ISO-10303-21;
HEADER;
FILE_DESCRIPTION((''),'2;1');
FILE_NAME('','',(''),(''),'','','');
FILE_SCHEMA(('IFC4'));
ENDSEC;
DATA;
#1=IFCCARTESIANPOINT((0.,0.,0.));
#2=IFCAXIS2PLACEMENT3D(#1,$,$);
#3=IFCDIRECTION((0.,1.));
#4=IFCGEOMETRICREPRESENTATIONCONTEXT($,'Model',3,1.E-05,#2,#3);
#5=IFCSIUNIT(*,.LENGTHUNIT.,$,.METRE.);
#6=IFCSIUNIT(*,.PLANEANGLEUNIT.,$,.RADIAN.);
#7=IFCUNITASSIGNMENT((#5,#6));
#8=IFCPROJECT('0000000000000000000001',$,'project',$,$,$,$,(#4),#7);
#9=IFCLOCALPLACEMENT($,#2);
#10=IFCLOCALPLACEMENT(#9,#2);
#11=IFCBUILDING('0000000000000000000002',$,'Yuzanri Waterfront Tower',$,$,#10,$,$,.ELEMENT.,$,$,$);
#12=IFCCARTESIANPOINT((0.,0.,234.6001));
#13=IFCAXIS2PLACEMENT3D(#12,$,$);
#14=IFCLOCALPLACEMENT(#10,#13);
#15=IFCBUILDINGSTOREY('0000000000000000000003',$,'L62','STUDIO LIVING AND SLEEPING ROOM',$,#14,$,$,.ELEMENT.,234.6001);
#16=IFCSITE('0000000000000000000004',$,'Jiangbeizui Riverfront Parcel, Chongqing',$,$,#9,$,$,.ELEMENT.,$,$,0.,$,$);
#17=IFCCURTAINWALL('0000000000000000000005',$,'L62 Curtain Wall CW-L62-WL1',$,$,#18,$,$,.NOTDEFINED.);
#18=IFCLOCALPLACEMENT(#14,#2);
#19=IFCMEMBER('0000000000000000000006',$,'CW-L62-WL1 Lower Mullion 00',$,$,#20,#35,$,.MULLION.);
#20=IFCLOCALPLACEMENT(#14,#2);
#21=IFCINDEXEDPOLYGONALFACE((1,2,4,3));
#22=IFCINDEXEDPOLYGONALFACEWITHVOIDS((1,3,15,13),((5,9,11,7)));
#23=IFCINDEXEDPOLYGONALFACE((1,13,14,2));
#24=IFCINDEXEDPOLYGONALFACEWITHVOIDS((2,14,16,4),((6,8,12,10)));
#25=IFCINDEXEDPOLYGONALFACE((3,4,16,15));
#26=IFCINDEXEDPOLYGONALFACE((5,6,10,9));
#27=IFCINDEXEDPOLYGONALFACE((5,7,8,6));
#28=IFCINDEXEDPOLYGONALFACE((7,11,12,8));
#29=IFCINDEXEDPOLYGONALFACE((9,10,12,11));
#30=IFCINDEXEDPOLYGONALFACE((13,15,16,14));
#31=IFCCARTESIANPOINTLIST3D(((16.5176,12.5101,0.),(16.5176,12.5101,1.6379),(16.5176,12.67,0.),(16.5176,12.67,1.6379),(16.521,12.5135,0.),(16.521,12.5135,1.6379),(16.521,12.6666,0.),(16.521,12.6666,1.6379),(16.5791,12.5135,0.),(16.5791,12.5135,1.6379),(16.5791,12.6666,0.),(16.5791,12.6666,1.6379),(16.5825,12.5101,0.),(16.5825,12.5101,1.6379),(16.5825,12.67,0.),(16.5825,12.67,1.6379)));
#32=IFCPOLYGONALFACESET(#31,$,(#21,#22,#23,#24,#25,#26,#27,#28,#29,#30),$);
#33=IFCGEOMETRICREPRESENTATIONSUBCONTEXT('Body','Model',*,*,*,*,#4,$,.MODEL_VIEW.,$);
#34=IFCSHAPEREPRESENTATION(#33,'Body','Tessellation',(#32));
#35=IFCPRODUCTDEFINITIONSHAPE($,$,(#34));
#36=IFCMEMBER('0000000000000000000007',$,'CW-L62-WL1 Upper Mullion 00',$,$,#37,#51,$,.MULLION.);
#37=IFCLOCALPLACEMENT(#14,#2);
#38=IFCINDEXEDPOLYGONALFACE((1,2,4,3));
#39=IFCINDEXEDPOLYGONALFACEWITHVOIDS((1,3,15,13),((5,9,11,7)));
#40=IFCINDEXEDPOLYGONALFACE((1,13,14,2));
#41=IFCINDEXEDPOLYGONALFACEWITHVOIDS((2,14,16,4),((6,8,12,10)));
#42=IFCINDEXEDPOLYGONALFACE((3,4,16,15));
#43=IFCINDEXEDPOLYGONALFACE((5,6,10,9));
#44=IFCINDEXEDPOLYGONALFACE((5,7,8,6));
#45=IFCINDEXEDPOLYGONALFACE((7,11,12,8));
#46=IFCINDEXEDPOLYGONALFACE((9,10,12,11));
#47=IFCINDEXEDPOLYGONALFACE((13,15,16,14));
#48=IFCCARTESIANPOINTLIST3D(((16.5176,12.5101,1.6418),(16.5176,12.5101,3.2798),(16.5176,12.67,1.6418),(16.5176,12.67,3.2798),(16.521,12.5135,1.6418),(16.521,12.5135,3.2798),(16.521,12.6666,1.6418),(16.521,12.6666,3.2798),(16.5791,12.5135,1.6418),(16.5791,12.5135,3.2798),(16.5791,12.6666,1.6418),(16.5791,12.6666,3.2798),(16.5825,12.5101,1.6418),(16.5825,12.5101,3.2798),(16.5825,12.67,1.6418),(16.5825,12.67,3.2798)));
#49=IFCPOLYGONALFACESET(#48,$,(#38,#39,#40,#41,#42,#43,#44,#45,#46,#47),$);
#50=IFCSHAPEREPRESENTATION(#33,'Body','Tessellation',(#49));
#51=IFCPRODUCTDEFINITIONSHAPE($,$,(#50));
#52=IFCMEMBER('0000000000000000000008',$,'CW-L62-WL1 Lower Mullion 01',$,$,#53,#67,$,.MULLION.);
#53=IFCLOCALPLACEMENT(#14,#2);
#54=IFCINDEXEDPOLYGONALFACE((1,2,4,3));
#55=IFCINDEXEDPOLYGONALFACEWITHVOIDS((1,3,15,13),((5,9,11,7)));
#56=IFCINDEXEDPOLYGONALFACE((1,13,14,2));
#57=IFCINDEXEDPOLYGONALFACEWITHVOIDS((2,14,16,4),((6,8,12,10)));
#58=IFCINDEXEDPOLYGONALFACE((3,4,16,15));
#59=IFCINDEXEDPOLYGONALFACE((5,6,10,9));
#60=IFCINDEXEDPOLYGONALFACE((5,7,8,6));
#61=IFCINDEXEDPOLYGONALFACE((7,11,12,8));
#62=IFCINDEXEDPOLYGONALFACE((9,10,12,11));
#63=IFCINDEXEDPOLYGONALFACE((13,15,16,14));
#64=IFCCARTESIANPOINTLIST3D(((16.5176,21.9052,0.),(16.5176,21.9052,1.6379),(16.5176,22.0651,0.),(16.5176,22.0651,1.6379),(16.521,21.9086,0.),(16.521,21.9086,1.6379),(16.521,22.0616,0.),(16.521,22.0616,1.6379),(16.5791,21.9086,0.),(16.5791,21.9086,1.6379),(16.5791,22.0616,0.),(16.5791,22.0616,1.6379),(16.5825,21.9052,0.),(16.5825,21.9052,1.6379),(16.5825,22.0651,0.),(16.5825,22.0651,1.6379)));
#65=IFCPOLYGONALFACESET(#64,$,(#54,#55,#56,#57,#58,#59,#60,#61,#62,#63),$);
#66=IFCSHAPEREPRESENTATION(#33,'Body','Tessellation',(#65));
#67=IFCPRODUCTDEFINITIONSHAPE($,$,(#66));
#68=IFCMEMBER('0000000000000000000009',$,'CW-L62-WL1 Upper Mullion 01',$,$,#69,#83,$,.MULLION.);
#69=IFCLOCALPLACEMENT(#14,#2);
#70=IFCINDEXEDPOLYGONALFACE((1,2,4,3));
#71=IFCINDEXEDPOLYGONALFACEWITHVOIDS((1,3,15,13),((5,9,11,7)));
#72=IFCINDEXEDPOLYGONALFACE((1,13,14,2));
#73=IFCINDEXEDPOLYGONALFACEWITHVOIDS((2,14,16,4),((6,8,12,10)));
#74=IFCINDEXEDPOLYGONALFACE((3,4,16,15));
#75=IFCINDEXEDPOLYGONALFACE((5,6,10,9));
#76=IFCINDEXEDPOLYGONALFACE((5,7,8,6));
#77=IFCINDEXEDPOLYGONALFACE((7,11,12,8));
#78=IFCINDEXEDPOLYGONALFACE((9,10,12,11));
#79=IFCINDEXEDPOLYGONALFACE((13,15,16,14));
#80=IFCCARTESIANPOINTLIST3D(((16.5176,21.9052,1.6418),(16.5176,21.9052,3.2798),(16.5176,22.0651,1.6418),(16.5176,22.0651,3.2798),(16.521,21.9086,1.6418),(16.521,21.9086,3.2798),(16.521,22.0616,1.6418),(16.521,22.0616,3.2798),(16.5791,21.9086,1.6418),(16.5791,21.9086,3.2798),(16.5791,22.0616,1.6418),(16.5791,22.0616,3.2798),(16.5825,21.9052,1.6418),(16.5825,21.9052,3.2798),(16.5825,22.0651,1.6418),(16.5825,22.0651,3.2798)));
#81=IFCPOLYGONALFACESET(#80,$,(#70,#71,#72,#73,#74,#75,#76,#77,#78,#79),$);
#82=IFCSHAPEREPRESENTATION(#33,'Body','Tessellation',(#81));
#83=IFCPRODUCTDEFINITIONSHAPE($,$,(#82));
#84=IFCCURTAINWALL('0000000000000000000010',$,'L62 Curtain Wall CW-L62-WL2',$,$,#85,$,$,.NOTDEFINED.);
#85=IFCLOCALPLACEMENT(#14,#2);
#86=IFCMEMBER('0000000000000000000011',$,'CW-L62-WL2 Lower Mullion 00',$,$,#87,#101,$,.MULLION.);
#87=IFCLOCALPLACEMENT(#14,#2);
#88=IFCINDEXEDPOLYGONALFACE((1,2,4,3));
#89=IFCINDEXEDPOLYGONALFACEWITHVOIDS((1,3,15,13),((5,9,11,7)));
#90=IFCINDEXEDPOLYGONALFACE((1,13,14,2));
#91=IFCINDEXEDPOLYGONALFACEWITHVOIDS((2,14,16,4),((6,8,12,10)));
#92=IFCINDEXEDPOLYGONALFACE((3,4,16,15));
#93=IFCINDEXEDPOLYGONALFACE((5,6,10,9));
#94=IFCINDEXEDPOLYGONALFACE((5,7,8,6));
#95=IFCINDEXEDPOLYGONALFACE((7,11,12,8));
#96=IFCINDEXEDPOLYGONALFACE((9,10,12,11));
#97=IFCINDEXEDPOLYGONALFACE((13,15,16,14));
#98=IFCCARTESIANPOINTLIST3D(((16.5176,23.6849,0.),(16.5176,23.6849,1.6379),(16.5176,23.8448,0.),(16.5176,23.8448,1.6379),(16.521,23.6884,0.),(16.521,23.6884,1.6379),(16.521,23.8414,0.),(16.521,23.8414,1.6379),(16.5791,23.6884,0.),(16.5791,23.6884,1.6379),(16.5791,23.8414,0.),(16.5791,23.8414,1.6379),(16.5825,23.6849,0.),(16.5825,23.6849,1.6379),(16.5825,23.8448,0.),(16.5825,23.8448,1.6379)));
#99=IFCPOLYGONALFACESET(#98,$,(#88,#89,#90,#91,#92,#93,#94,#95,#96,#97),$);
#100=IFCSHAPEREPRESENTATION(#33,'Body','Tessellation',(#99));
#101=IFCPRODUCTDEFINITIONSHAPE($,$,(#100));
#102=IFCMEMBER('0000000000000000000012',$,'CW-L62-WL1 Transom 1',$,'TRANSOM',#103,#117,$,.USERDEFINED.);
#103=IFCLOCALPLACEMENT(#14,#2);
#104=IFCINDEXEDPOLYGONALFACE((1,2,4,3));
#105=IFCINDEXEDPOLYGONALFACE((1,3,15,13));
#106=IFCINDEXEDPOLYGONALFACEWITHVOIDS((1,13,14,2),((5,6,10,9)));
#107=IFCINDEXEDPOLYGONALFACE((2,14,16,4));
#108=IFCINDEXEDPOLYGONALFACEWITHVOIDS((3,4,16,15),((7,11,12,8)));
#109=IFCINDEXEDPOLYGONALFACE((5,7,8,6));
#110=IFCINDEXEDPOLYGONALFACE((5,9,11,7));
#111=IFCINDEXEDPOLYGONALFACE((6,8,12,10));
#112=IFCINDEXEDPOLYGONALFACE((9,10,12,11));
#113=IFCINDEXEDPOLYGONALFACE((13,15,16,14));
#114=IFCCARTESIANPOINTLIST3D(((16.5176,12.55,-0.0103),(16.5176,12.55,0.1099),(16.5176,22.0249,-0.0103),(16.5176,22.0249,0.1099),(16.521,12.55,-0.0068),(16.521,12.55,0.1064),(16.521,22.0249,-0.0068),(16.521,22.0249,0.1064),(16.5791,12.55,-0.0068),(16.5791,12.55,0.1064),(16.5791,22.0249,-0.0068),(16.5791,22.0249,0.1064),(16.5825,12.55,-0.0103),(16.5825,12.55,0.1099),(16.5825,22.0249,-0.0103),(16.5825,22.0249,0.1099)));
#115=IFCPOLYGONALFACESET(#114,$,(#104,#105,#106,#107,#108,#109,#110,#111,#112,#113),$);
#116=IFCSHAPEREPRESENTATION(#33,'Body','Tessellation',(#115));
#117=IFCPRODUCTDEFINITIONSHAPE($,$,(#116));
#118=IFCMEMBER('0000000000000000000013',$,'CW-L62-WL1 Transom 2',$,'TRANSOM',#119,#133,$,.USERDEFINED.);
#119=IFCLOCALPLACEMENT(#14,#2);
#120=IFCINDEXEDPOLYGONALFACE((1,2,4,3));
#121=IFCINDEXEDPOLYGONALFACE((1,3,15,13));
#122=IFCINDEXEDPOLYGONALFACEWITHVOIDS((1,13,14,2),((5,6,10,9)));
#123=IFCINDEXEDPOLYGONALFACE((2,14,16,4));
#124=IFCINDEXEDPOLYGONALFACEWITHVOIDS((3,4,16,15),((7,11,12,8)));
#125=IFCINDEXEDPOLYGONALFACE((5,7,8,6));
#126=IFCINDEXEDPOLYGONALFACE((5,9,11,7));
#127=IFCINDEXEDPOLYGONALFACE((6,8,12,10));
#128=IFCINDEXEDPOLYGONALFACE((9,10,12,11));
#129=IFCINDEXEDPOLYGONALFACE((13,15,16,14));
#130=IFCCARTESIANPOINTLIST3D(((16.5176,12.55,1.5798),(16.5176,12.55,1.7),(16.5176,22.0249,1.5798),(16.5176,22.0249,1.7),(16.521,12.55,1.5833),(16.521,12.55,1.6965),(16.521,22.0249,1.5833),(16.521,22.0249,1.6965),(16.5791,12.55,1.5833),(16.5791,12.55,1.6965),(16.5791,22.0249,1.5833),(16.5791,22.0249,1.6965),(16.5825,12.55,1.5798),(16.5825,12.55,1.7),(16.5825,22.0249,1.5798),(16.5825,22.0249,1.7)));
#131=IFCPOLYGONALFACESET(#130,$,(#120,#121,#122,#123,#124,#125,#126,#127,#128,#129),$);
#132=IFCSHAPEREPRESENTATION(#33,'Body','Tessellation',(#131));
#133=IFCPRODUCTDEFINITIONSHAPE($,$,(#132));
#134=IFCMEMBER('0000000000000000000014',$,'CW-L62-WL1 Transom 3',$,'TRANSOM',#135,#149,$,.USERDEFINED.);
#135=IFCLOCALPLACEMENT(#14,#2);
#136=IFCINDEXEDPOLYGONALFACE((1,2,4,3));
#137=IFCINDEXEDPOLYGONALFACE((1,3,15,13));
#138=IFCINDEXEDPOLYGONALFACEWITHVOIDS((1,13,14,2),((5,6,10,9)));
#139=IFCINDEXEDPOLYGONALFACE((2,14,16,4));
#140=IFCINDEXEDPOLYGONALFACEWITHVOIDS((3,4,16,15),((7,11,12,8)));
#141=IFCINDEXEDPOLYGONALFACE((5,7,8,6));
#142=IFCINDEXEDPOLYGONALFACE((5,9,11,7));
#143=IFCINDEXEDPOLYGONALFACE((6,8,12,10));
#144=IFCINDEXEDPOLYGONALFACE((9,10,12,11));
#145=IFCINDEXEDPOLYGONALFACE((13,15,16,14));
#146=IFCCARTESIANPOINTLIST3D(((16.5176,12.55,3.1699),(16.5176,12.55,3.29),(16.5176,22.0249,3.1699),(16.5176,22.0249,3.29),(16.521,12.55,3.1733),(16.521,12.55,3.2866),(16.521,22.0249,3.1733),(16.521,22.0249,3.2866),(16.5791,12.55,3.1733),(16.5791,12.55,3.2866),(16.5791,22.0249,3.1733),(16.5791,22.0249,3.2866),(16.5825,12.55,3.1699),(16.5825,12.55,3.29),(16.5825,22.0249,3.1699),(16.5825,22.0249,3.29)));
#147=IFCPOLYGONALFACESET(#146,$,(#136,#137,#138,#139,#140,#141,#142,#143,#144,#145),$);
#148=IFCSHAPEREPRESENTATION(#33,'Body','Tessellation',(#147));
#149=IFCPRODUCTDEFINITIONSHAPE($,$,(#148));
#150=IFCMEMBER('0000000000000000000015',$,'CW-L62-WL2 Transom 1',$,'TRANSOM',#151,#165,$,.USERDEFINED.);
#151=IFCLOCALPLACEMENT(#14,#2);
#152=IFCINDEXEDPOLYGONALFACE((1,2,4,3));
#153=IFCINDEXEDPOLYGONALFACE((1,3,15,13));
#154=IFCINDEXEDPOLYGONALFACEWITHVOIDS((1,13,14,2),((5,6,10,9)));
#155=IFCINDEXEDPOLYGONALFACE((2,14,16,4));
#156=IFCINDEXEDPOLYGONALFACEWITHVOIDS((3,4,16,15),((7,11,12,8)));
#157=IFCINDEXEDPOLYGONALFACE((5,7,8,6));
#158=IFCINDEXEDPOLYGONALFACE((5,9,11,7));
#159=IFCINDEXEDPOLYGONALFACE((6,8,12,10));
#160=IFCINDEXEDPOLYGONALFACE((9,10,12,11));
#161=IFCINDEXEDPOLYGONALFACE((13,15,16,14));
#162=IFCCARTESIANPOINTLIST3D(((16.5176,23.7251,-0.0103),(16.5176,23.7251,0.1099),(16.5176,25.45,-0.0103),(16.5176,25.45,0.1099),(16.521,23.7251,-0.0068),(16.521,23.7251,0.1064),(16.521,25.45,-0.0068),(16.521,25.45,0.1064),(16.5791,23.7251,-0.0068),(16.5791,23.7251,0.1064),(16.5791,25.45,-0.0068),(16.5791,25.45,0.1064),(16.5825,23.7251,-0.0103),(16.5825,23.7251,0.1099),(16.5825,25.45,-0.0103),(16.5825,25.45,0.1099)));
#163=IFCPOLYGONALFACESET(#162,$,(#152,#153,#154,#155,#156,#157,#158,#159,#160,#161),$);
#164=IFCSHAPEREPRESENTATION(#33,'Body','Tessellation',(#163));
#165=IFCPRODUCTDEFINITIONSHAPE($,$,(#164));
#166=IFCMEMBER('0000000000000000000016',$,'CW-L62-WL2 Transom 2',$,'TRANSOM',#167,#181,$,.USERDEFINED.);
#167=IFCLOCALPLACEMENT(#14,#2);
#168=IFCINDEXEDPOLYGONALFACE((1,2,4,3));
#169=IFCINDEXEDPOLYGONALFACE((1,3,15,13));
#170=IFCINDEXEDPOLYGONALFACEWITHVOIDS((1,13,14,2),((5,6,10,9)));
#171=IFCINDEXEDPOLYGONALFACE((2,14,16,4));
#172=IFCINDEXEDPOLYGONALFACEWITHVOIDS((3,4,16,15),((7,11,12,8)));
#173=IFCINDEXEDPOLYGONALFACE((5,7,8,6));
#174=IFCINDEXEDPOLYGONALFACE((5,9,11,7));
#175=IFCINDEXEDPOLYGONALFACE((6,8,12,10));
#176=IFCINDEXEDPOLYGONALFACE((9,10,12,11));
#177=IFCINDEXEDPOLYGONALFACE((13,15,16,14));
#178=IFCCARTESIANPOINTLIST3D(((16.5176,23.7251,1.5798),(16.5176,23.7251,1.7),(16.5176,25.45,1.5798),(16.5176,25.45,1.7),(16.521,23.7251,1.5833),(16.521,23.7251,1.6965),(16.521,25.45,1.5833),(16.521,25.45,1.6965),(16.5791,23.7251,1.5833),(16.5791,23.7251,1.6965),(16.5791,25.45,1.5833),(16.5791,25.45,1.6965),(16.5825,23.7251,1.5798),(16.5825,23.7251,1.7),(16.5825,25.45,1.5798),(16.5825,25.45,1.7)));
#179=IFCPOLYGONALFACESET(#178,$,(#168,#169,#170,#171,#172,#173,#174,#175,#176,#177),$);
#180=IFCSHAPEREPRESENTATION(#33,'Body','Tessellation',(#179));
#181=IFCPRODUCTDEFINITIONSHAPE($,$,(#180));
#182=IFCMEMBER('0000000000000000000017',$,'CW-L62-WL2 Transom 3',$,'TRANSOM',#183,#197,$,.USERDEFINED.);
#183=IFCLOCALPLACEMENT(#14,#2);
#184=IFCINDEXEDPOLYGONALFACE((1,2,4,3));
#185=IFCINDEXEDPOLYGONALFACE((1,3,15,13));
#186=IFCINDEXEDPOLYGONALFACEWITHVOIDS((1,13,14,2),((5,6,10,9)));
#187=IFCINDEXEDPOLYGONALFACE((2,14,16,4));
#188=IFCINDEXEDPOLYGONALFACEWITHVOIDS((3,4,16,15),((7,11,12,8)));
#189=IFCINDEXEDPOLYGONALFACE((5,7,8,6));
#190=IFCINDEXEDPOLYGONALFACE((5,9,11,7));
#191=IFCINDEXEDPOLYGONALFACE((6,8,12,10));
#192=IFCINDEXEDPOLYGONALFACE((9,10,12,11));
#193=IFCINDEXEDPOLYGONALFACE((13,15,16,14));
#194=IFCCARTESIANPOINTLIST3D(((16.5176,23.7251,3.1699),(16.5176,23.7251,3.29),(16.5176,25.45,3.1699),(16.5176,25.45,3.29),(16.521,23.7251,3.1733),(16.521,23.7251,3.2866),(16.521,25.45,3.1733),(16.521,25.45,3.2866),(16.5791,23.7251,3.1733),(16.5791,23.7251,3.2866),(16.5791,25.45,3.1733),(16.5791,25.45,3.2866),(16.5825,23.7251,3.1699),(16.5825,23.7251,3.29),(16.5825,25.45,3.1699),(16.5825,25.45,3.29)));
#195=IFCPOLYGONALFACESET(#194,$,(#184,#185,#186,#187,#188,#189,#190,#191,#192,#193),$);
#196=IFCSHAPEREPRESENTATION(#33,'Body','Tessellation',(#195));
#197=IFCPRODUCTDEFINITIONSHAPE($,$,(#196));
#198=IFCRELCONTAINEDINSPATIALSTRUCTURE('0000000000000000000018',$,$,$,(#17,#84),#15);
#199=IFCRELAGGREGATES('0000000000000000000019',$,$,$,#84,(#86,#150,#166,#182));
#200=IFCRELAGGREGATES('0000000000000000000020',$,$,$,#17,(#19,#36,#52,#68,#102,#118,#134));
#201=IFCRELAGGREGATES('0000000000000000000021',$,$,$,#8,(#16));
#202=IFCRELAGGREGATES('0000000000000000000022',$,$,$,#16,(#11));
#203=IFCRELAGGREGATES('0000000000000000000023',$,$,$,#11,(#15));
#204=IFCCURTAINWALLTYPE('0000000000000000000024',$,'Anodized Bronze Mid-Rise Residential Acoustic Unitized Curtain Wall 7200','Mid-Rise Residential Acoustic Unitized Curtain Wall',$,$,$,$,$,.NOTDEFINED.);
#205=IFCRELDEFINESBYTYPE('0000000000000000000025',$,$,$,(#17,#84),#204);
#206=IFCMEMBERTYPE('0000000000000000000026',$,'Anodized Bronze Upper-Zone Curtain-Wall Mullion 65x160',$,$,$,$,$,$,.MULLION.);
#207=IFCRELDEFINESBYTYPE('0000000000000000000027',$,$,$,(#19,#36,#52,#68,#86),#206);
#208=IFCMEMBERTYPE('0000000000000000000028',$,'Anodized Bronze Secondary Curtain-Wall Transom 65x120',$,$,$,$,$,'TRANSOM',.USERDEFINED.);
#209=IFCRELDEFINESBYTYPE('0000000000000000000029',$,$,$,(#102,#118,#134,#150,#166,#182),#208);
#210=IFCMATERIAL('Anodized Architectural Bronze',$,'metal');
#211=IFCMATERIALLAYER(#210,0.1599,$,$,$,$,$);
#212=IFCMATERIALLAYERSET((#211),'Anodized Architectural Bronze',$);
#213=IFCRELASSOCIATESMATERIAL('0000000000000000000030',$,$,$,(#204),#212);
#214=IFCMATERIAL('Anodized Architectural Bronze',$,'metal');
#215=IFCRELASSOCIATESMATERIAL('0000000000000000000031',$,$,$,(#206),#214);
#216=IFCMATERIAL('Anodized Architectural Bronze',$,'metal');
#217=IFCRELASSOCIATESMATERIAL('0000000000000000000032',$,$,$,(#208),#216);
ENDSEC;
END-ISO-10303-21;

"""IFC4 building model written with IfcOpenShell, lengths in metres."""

from ifc_helpers import new_model, si_unit, direction, frame, origin, origin_2d, place, context, subcontext, project, spatial, hollow_rectangle, extrude, source, transform, mapped, material, layer, layer_set, material_profile, profile_set, type_object, element, aggregate, save


model = new_model("IFC4")

# Units and contexts
model_context = context("Model", 3, precision=1e-05, world=origin(), true_north=direction((0.0, 1.0)))
body_context = subcontext(model_context, "Body", "Model", "MODEL_VIEW")
ifc_project = project(units=[si_unit("LENGTHUNIT", "METRE"), si_unit("PLANEANGLEUNIT", "RADIAN")], contexts=[model_context])

# Site, building, storey
site_placement = place(None, origin())
site = spatial("IfcSite", under=ifc_project, at=site_placement, Name="Jiangbeizui Riverfront Parcel, Chongqing", CompositionType="ELEMENT", RefElevation=0.0)
building_placement = place(site_placement, origin())
building = spatial("IfcBuilding", under=site, at=building_placement, Name="Yuzanri Waterfront Tower", CompositionType="ELEMENT")
storey_placement = place(building_placement, frame((0.0, 0.0, 234.6001)))
storey = spatial("IfcBuildingStorey", under=building, at=storey_placement, Name="L62", Description="STUDIO LIVING AND SLEEPING ROOM", CompositionType="ELEMENT", Elevation=234.6001)

# Curtain wall, members
ifc_material_1 = material(Name="Anodized Architectural Bronze", Category="metal")
ifc_layer_1 = layer(ifc_material_1, 0.1599)
ifc_layer_set_1 = layer_set([ifc_layer_1], Name="Anodized Architectural Bronze")
curtain_wall_type = type_object("IfcCurtainWallType", Name="Anodized Bronze Mid-Rise Residential Acoustic Unitized Curtain Wall 7200", Description="Mid-Rise Residential Acoustic Unitized Curtain Wall", PredefinedType="NOTDEFINED", material=ifc_layer_set_1)
curtain_wall_1_placement = place(storey_placement, origin())
curtain_wall_1 = element("IfcCurtainWall", 1, at=curtain_wall_1_placement, inside=storey, type_object=curtain_wall_type, Name="L62 Curtain Wall CW-L62-WL1", PredefinedType="NOTDEFINED")
ifc_material_2 = material(Name="Anodized Architectural Bronze", Category="metal")
ifc_material_profile_1 = material_profile(ifc_material_2, hollow_rectangle(XDim=0.0649, YDim=0.1599, WallThickness=0.0034, at=origin_2d()), Name="CWM 65x160")
ifc_profile_set_1 = profile_set([ifc_material_profile_1], Name="Anodized Architectural Bronze")
member_type_1 = type_object("IfcMemberType", Name="Anodized Bronze Upper-Zone Curtain-Wall Mullion 65x160", PredefinedType="MULLION", material=ifc_profile_set_1)
shared_shape_1 = source(origin(), body_context, "Body", "SweptSolid", [
    extrude(hollow_rectangle(XDim=0.0649, YDim=0.1599, WallThickness=0.0034, at=origin_2d()), origin(), (0.0, 0.0, 1.0), 1.6379),
])
member_1_placement = place(storey_placement, frame((16.55, 12.5901, 0.0), z_axis=(0.0, 0.0, 1.0), x_axis=(1.0, 0.0, 0.0)))
member_1 = element("IfcMember", 2, at=member_1_placement, type_object=member_type_1, Name="CW-L62-WL1 Lower Mullion 00", PredefinedType="MULLION", context=body_context, shape_type="MappedRepresentation", body=[
    mapped(shared_shape_1, transform((0.0, 0.0, 0.0), scale=1.0)),
])
member_2_placement = place(storey_placement, frame((16.55, 12.5901, 1.6418), z_axis=(0.0, 0.0, 1.0), x_axis=(1.0, 0.0, 0.0)))
member_2 = element("IfcMember", 3, at=member_2_placement, type_object=member_type_1, Name="CW-L62-WL1 Upper Mullion 00", PredefinedType="MULLION", context=body_context, shape_type="MappedRepresentation", body=[
    mapped(shared_shape_1, transform((0.0, 0.0, 0.0), scale=1.0)),
])
member_3_placement = place(storey_placement, frame((16.55, 21.9851, 0.0), z_axis=(0.0, 0.0, 1.0), x_axis=(1.0, 0.0, 0.0)))
member_3 = element("IfcMember", 4, at=member_3_placement, type_object=member_type_1, Name="CW-L62-WL1 Lower Mullion 01", PredefinedType="MULLION", context=body_context, shape_type="MappedRepresentation", body=[
    mapped(shared_shape_1, transform((0.0, 0.0, 0.0), scale=1.0)),
])
member_4_placement = place(storey_placement, frame((16.55, 21.9851, 1.6418), z_axis=(0.0, 0.0, 1.0), x_axis=(1.0, 0.0, 0.0)))
member_4 = element("IfcMember", 5, at=member_4_placement, type_object=member_type_1, Name="CW-L62-WL1 Upper Mullion 01", PredefinedType="MULLION", context=body_context, shape_type="MappedRepresentation", body=[
    mapped(shared_shape_1, transform((0.0, 0.0, 0.0), scale=1.0)),
])

# Curtain wall, member
curtain_wall_2_placement = place(storey_placement, origin())
curtain_wall_2 = element("IfcCurtainWall", 6, at=curtain_wall_2_placement, inside=storey, type_object=curtain_wall_type, Name="L62 Curtain Wall CW-L62-WL2", PredefinedType="NOTDEFINED")
member_5_placement = place(storey_placement, frame((16.55, 23.7649, 0.0), z_axis=(0.0, 0.0, 1.0), x_axis=(1.0, 0.0, 0.0)))
member_5 = element("IfcMember", 7, at=member_5_placement, type_object=member_type_1, Name="CW-L62-WL2 Lower Mullion 00", PredefinedType="MULLION", context=body_context, shape_type="MappedRepresentation", body=[
    mapped(shared_shape_1, transform((0.0, 0.0, 0.0), scale=1.0)),
])

# Members
ifc_material_3 = material(Name="Anodized Architectural Bronze", Category="metal")
ifc_material_profile_2 = material_profile(ifc_material_3, hollow_rectangle(XDim=0.0649, YDim=0.1201, WallThickness=0.0034, at=origin_2d()), Name="CWT 65x120")
ifc_profile_set_2 = profile_set([ifc_material_profile_2], Name="Anodized Architectural Bronze")
member_type_2 = type_object("IfcMemberType", Name="Anodized Bronze Secondary Curtain-Wall Transom 65x120", ElementType="TRANSOM", PredefinedType="USERDEFINED", material=ifc_profile_set_2)
shared_shape_2 = source(origin(), body_context, "Body", "SweptSolid", [
    extrude(hollow_rectangle(XDim=0.0649, YDim=0.1201, WallThickness=0.0034, at=origin_2d()), origin(), (0.0, 0.0, 1.0), 9.4749),
])
member_6_placement = place(storey_placement, frame((16.55, 12.55, 0.0498), z_axis=(0.0, 1.0, 0.0), x_axis=(-1.0, 0.0, 0.0)))
member_6 = element("IfcMember", 8, at=member_6_placement, type_object=member_type_2, Name="CW-L62-WL1 Transom 1", ObjectType="TRANSOM", PredefinedType="USERDEFINED", context=body_context, shape_type="MappedRepresentation", body=[
    mapped(shared_shape_2, transform((0.0, 0.0, 0.0), scale=1.0)),
])
member_7_placement = place(storey_placement, frame((16.55, 12.55, 1.6399), z_axis=(0.0, 1.0, 0.0), x_axis=(-1.0, 0.0, 0.0)))
member_7 = element("IfcMember", 9, at=member_7_placement, type_object=member_type_2, Name="CW-L62-WL1 Transom 2", ObjectType="TRANSOM", PredefinedType="USERDEFINED", context=body_context, shape_type="MappedRepresentation", body=[
    mapped(shared_shape_2, transform((0.0, 0.0, 0.0), scale=1.0)),
])
member_8_placement = place(storey_placement, frame((16.55, 12.55, 3.23), z_axis=(0.0, 1.0, 0.0), x_axis=(-1.0, 0.0, 0.0)))
member_8 = element("IfcMember", 10, at=member_8_placement, type_object=member_type_2, Name="CW-L62-WL1 Transom 3", ObjectType="TRANSOM", PredefinedType="USERDEFINED", context=body_context, shape_type="MappedRepresentation", body=[
    mapped(shared_shape_2, transform((0.0, 0.0, 0.0), scale=1.0)),
])
shared_shape_3 = source(origin(), body_context, "Body", "SweptSolid", [
    extrude(hollow_rectangle(XDim=0.0649, YDim=0.1201, WallThickness=0.0034, at=origin_2d()), origin(), (0.0, 0.0, 1.0), 1.7249),
])
member_9_placement = place(storey_placement, frame((16.55, 23.7251, 0.0498), z_axis=(0.0, 1.0, 0.0), x_axis=(-1.0, 0.0, 0.0)))
member_9 = element("IfcMember", 11, at=member_9_placement, type_object=member_type_2, Name="CW-L62-WL2 Transom 1", ObjectType="TRANSOM", PredefinedType="USERDEFINED", context=body_context, shape_type="MappedRepresentation", body=[
    mapped(shared_shape_3, transform((0.0, 0.0, 0.0), scale=1.0)),
])
member_10_placement = place(storey_placement, frame((16.55, 23.7251, 1.6399), z_axis=(0.0, 1.0, 0.0), x_axis=(-1.0, 0.0, 0.0)))
member_10 = element("IfcMember", 12, at=member_10_placement, type_object=member_type_2, Name="CW-L62-WL2 Transom 2", ObjectType="TRANSOM", PredefinedType="USERDEFINED", context=body_context, shape_type="MappedRepresentation", body=[
    mapped(shared_shape_3, transform((0.0, 0.0, 0.0), scale=1.0)),
])
member_11_placement = place(storey_placement, frame((16.55, 23.7251, 3.23), z_axis=(0.0, 1.0, 0.0), x_axis=(-1.0, 0.0, 0.0)))
member_11 = element("IfcMember", 13, at=member_11_placement, type_object=member_type_2, Name="CW-L62-WL2 Transom 3", ObjectType="TRANSOM", PredefinedType="USERDEFINED", context=body_context, shape_type="MappedRepresentation", body=[
    mapped(shared_shape_3, transform((0.0, 0.0, 0.0), scale=1.0)),
])
aggregate(curtain_wall_2, [member_5, member_9, member_10, member_11])

aggregate(curtain_wall_1, [member_1, member_2, member_3, member_4, member_6, member_7, member_8])

save(model, "model.ifc")
